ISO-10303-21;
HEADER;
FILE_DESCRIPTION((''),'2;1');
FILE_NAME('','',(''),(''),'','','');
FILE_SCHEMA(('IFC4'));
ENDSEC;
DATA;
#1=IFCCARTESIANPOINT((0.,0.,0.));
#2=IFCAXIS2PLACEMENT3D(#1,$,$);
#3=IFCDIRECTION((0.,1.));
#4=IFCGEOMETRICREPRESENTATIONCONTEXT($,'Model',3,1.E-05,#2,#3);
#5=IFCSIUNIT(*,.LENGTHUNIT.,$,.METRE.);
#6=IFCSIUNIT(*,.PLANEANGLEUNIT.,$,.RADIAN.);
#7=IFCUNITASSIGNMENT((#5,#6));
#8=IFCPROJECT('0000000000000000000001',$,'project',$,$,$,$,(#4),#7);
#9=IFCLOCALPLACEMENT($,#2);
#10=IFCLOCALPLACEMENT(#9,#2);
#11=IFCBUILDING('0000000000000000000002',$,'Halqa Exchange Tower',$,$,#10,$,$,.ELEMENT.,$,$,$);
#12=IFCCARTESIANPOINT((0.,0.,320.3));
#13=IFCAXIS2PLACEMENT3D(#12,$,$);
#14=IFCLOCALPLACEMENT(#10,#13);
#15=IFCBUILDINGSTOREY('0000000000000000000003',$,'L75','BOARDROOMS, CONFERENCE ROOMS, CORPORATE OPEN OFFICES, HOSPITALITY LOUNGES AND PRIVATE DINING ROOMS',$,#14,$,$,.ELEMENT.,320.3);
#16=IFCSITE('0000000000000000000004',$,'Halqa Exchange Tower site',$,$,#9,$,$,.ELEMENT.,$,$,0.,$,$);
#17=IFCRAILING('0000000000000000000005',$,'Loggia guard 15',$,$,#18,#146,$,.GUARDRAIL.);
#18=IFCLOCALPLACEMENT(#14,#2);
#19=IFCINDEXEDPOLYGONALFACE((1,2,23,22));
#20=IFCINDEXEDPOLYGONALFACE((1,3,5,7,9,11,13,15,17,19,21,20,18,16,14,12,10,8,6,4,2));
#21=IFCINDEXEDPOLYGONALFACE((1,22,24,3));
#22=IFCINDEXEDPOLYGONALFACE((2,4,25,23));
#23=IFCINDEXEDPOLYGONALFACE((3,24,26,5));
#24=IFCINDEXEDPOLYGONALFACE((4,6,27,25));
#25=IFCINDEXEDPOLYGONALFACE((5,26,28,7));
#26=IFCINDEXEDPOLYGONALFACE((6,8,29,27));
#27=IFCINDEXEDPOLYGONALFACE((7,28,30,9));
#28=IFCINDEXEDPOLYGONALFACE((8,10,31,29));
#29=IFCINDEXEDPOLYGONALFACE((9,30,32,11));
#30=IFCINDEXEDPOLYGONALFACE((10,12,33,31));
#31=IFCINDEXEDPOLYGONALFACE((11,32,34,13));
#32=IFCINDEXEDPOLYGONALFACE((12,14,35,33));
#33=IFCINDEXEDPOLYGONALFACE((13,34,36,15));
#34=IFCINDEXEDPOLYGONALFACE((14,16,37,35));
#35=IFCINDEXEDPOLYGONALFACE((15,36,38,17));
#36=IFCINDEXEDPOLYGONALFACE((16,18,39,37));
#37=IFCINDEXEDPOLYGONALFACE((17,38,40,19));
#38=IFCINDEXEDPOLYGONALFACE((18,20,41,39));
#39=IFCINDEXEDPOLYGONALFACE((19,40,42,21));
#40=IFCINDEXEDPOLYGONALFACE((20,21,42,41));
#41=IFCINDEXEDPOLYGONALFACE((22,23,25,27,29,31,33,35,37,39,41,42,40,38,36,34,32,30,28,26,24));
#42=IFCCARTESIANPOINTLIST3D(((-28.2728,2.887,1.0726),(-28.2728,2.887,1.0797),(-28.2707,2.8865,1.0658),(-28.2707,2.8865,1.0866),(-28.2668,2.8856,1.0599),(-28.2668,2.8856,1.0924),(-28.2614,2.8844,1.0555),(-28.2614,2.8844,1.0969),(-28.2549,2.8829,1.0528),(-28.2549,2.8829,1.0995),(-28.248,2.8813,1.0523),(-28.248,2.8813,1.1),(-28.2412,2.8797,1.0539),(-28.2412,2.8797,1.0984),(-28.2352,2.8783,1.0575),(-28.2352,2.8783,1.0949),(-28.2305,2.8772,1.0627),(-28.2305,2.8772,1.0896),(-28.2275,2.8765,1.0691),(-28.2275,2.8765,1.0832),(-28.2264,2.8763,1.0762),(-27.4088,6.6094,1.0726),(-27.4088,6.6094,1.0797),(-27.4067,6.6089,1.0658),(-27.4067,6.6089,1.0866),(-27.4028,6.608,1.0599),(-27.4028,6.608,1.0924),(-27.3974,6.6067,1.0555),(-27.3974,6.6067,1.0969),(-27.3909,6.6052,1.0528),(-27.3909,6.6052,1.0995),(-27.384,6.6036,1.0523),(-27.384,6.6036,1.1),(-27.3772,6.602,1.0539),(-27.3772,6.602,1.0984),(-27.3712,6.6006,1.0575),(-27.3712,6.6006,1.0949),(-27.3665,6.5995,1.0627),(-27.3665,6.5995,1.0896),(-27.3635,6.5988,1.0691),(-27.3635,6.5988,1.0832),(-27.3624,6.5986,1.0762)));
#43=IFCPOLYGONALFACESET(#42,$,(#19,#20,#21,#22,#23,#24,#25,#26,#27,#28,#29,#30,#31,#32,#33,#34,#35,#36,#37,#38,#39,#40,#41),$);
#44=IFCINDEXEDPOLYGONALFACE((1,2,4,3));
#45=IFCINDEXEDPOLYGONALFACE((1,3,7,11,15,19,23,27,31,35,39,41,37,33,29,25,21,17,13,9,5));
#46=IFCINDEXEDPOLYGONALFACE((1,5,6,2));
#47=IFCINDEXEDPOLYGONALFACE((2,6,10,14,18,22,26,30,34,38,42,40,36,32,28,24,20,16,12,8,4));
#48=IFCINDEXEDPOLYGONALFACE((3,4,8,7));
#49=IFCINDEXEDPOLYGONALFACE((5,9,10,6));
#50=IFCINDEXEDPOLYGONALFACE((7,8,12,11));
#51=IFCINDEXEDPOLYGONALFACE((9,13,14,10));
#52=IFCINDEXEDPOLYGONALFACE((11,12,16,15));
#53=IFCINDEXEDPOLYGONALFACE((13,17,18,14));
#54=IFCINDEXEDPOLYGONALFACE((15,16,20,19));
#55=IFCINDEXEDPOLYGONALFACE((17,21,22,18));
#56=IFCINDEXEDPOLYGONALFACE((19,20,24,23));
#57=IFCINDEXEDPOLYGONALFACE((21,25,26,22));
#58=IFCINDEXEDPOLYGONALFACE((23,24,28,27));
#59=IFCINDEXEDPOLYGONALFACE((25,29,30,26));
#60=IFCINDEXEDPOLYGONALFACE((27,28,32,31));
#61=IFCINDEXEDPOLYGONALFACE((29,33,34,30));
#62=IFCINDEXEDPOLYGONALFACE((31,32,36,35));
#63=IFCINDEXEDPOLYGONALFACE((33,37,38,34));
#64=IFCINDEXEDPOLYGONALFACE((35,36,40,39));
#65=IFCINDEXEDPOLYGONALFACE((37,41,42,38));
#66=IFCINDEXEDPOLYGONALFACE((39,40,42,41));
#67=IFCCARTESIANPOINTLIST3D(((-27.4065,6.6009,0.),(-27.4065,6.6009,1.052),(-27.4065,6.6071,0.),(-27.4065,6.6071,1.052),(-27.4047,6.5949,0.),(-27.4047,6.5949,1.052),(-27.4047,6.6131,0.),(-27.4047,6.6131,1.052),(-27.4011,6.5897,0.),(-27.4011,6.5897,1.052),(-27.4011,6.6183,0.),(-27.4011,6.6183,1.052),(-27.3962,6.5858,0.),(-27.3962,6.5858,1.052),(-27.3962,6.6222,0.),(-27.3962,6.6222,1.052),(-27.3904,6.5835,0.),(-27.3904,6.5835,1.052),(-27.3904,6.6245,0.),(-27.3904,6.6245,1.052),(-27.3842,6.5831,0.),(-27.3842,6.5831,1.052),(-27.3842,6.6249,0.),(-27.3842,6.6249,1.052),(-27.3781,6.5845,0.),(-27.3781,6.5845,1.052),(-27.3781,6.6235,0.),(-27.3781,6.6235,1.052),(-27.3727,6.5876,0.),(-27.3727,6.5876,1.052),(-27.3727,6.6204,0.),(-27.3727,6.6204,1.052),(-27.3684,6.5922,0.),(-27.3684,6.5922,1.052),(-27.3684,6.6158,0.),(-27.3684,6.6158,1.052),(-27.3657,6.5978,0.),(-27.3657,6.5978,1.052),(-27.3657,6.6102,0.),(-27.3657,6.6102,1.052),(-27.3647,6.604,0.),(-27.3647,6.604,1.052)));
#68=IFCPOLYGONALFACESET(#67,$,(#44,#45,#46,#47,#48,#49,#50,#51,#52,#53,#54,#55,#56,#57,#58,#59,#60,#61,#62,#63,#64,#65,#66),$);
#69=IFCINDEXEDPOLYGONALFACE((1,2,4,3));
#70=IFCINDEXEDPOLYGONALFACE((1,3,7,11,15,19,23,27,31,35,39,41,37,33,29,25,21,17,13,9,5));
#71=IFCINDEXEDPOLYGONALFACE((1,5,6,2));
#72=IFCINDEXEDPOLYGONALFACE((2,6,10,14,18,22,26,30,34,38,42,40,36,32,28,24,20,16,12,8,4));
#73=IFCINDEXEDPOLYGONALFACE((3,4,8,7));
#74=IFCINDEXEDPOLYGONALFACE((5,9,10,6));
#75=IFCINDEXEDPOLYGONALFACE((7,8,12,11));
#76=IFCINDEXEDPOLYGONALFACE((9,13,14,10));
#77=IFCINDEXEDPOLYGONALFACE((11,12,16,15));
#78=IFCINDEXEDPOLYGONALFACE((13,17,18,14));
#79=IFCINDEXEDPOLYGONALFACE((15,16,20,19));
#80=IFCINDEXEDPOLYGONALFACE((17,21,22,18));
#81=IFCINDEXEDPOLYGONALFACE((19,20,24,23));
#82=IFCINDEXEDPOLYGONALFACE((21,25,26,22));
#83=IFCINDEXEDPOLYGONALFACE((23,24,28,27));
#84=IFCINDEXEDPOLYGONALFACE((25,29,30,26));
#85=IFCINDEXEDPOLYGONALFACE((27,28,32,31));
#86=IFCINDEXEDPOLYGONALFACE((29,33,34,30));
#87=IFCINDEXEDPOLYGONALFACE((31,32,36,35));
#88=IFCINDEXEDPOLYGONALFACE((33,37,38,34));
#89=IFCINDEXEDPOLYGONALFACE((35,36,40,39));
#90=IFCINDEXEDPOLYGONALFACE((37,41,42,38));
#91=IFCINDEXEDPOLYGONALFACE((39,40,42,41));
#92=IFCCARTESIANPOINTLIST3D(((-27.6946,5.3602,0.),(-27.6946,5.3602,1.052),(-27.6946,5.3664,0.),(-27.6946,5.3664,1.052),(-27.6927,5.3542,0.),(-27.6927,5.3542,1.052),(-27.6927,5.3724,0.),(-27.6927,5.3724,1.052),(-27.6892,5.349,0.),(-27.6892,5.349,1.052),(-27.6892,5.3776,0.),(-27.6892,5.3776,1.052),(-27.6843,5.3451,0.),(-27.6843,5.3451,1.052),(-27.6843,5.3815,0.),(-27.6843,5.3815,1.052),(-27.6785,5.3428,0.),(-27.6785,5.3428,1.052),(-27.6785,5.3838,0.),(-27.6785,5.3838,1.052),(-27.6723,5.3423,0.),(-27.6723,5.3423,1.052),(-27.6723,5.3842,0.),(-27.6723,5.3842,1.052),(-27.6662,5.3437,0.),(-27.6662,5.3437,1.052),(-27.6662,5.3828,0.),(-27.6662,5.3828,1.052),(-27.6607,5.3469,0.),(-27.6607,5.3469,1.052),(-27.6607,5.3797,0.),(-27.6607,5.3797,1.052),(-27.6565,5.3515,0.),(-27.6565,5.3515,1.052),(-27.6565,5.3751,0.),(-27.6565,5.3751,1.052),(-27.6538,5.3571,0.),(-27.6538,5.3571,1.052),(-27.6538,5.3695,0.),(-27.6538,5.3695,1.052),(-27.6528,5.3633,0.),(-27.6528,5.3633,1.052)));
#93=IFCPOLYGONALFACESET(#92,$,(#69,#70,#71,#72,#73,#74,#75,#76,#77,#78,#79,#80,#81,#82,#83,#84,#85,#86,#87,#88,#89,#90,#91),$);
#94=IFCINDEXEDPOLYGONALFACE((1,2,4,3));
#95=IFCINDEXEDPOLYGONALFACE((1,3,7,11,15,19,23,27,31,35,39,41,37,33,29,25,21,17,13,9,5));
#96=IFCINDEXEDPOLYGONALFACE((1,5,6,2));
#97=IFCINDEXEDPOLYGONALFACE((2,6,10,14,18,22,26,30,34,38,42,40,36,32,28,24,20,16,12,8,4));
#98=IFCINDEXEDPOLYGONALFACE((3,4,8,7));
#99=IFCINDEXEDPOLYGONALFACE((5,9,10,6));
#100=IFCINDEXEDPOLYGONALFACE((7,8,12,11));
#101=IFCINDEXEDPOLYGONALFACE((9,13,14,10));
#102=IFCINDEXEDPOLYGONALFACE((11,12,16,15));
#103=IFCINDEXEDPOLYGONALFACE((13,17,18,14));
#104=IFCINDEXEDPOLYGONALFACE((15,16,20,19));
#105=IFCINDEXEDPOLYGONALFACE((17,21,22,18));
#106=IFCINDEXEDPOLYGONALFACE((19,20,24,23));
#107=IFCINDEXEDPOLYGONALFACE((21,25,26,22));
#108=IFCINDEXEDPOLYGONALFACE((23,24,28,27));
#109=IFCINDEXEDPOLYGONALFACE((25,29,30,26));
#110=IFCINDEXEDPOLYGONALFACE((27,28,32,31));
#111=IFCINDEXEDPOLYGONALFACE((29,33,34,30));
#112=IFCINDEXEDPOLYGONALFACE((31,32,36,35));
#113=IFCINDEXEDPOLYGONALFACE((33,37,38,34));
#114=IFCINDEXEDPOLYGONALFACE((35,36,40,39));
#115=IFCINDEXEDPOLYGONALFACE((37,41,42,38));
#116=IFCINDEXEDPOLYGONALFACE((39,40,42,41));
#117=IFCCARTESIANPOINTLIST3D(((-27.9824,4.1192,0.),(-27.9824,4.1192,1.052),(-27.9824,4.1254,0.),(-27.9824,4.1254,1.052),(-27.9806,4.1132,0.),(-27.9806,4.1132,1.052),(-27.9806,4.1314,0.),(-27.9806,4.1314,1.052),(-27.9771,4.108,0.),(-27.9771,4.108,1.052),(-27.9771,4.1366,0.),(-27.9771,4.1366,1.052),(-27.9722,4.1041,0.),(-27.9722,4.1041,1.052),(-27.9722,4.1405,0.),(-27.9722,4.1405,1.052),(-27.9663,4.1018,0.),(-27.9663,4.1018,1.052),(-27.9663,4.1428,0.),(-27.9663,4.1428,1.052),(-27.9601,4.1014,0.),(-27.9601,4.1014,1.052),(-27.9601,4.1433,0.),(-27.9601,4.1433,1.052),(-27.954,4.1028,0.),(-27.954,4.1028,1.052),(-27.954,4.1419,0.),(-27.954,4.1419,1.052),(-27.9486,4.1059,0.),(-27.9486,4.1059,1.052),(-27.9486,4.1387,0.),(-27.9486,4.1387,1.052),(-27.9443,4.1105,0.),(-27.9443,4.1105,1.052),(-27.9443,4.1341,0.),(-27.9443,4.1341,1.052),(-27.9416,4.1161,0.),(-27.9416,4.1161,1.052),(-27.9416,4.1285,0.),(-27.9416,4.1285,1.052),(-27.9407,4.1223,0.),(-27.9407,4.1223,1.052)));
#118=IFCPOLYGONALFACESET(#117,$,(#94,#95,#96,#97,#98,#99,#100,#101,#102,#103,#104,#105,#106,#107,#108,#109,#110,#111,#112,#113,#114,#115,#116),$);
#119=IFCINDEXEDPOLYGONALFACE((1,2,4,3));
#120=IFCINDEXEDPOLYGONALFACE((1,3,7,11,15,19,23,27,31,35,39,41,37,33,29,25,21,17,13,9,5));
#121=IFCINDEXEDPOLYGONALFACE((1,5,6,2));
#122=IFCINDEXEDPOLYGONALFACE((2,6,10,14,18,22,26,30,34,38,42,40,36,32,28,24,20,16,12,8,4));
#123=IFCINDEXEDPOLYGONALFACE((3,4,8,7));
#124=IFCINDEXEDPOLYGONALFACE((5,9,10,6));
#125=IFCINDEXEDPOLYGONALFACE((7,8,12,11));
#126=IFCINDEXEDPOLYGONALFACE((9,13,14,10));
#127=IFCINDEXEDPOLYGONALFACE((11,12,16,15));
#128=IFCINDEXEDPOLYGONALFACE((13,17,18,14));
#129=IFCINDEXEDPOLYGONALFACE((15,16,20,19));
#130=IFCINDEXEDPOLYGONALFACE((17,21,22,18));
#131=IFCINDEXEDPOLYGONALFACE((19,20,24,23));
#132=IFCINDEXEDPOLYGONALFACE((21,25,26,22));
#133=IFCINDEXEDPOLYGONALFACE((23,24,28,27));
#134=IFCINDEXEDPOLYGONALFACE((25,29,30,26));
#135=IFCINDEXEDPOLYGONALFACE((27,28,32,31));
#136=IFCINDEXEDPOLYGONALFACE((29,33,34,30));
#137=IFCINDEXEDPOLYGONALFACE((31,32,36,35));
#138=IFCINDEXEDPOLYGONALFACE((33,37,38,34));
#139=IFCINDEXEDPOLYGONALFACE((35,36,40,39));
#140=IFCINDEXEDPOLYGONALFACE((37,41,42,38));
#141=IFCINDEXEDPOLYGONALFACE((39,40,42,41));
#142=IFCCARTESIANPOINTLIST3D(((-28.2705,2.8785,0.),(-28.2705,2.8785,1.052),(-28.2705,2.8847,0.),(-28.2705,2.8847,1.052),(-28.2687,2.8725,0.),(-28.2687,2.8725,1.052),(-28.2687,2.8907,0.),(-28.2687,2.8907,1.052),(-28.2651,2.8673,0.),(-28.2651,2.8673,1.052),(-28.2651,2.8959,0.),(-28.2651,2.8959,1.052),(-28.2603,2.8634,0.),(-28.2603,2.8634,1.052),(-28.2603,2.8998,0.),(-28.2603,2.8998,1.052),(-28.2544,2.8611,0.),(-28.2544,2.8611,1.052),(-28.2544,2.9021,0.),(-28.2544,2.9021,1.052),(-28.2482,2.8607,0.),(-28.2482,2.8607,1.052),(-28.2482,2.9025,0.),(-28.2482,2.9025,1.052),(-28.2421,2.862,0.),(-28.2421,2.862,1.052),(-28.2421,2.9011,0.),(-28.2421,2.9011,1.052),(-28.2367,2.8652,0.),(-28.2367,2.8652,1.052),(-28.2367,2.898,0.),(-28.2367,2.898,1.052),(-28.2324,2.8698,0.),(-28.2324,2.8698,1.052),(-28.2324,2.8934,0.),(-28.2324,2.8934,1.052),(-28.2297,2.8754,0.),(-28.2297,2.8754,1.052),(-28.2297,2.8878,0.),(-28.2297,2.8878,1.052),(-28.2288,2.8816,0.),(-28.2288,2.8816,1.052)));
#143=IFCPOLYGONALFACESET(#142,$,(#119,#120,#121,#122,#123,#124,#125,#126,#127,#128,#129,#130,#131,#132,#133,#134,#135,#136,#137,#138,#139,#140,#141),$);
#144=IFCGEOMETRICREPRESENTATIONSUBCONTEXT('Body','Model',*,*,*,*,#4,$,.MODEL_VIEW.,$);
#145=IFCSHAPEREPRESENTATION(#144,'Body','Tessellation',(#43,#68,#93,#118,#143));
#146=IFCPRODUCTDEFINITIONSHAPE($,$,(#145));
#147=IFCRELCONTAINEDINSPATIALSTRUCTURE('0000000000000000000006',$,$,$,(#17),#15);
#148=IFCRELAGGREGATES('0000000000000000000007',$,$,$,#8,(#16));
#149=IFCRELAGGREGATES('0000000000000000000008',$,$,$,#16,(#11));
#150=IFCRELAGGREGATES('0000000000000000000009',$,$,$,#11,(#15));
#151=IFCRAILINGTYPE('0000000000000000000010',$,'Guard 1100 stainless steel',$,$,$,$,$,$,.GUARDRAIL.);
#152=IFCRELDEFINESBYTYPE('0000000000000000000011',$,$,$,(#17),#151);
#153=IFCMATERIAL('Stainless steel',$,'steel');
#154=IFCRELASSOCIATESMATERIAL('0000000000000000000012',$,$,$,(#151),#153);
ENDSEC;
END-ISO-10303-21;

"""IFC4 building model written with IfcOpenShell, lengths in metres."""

from ifc_helpers import new_model, si_unit, direction, frame, origin, origin_2d, place, context, subcontext, project, spatial, circle, extrude, material, type_object, element, save


model = new_model("IFC4")

# Units and contexts
model_context = context("Model", 3, precision=1e-05, world=origin(), true_north=direction((0.0, 1.0)))
body_context = subcontext(model_context, "Body", "Model", "MODEL_VIEW")
ifc_project = project(units=[si_unit("LENGTHUNIT", "METRE"), si_unit("PLANEANGLEUNIT", "RADIAN")], contexts=[model_context])

# Site, building, storey
site_placement = place(None, origin())
site = spatial("IfcSite", under=ifc_project, at=site_placement, Name="Halqa Exchange Tower site", CompositionType="ELEMENT", RefElevation=0.0)
building_placement = place(site_placement, origin())
building = spatial("IfcBuilding", under=site, at=building_placement, Name="Halqa Exchange Tower", CompositionType="ELEMENT")
storey_placement = place(building_placement, frame((0.0, 0.0, 320.3)))
storey = spatial("IfcBuildingStorey", under=building, at=storey_placement, Name="L75", Description="BOARDROOMS, CONFERENCE ROOMS, CORPORATE OPEN OFFICES, HOSPITALITY LOUNGES AND PRIVATE DINING ROOMS", CompositionType="ELEMENT", Elevation=320.3)

# Railing
ifc_material_1 = material(Name="Stainless steel", Category="steel")
railing_type = type_object("IfcRailingType", Name="Guard 1100 stainless steel", PredefinedType="GUARDRAIL", material=ifc_material_1)
railing_1_placement = place(storey_placement, frame((-27.3857, 6.604, 0.0)))
element("IfcRailing", 1, at=railing_1_placement, inside=storey, type_object=railing_type, Name="Loggia guard 15", PredefinedType="GUARDRAIL", context=body_context, shape_type="SweptSolid", body=[
    extrude(circle(Radius=0.0239, at=origin_2d()), frame((0.0, 0.0, 1.0762), z_axis=(-0.2261, -0.974104, 0.0), x_axis=(0.974104, -0.2261, 0.0)), (0.0, 0.0, 1.0), 3.8213),
    extrude(circle(Radius=0.021, at=origin_2d()), origin(), (0.0, 0.0, 1.0), 1.052),
    extrude(circle(Radius=0.021, at=origin_2d()), frame((-0.2881, -1.2407, 0.0)), (0.0, 0.0, 1.0), 1.052),
    extrude(circle(Radius=0.021, at=origin_2d()), frame((-0.5759, -2.4817, 0.0)), (0.0, 0.0, 1.0), 1.052),
    extrude(circle(Radius=0.021, at=origin_2d()), frame((-0.864, -3.7224, 0.0)), (0.0, 0.0, 1.0), 1.052),
])

save(model, "model.ifc")
